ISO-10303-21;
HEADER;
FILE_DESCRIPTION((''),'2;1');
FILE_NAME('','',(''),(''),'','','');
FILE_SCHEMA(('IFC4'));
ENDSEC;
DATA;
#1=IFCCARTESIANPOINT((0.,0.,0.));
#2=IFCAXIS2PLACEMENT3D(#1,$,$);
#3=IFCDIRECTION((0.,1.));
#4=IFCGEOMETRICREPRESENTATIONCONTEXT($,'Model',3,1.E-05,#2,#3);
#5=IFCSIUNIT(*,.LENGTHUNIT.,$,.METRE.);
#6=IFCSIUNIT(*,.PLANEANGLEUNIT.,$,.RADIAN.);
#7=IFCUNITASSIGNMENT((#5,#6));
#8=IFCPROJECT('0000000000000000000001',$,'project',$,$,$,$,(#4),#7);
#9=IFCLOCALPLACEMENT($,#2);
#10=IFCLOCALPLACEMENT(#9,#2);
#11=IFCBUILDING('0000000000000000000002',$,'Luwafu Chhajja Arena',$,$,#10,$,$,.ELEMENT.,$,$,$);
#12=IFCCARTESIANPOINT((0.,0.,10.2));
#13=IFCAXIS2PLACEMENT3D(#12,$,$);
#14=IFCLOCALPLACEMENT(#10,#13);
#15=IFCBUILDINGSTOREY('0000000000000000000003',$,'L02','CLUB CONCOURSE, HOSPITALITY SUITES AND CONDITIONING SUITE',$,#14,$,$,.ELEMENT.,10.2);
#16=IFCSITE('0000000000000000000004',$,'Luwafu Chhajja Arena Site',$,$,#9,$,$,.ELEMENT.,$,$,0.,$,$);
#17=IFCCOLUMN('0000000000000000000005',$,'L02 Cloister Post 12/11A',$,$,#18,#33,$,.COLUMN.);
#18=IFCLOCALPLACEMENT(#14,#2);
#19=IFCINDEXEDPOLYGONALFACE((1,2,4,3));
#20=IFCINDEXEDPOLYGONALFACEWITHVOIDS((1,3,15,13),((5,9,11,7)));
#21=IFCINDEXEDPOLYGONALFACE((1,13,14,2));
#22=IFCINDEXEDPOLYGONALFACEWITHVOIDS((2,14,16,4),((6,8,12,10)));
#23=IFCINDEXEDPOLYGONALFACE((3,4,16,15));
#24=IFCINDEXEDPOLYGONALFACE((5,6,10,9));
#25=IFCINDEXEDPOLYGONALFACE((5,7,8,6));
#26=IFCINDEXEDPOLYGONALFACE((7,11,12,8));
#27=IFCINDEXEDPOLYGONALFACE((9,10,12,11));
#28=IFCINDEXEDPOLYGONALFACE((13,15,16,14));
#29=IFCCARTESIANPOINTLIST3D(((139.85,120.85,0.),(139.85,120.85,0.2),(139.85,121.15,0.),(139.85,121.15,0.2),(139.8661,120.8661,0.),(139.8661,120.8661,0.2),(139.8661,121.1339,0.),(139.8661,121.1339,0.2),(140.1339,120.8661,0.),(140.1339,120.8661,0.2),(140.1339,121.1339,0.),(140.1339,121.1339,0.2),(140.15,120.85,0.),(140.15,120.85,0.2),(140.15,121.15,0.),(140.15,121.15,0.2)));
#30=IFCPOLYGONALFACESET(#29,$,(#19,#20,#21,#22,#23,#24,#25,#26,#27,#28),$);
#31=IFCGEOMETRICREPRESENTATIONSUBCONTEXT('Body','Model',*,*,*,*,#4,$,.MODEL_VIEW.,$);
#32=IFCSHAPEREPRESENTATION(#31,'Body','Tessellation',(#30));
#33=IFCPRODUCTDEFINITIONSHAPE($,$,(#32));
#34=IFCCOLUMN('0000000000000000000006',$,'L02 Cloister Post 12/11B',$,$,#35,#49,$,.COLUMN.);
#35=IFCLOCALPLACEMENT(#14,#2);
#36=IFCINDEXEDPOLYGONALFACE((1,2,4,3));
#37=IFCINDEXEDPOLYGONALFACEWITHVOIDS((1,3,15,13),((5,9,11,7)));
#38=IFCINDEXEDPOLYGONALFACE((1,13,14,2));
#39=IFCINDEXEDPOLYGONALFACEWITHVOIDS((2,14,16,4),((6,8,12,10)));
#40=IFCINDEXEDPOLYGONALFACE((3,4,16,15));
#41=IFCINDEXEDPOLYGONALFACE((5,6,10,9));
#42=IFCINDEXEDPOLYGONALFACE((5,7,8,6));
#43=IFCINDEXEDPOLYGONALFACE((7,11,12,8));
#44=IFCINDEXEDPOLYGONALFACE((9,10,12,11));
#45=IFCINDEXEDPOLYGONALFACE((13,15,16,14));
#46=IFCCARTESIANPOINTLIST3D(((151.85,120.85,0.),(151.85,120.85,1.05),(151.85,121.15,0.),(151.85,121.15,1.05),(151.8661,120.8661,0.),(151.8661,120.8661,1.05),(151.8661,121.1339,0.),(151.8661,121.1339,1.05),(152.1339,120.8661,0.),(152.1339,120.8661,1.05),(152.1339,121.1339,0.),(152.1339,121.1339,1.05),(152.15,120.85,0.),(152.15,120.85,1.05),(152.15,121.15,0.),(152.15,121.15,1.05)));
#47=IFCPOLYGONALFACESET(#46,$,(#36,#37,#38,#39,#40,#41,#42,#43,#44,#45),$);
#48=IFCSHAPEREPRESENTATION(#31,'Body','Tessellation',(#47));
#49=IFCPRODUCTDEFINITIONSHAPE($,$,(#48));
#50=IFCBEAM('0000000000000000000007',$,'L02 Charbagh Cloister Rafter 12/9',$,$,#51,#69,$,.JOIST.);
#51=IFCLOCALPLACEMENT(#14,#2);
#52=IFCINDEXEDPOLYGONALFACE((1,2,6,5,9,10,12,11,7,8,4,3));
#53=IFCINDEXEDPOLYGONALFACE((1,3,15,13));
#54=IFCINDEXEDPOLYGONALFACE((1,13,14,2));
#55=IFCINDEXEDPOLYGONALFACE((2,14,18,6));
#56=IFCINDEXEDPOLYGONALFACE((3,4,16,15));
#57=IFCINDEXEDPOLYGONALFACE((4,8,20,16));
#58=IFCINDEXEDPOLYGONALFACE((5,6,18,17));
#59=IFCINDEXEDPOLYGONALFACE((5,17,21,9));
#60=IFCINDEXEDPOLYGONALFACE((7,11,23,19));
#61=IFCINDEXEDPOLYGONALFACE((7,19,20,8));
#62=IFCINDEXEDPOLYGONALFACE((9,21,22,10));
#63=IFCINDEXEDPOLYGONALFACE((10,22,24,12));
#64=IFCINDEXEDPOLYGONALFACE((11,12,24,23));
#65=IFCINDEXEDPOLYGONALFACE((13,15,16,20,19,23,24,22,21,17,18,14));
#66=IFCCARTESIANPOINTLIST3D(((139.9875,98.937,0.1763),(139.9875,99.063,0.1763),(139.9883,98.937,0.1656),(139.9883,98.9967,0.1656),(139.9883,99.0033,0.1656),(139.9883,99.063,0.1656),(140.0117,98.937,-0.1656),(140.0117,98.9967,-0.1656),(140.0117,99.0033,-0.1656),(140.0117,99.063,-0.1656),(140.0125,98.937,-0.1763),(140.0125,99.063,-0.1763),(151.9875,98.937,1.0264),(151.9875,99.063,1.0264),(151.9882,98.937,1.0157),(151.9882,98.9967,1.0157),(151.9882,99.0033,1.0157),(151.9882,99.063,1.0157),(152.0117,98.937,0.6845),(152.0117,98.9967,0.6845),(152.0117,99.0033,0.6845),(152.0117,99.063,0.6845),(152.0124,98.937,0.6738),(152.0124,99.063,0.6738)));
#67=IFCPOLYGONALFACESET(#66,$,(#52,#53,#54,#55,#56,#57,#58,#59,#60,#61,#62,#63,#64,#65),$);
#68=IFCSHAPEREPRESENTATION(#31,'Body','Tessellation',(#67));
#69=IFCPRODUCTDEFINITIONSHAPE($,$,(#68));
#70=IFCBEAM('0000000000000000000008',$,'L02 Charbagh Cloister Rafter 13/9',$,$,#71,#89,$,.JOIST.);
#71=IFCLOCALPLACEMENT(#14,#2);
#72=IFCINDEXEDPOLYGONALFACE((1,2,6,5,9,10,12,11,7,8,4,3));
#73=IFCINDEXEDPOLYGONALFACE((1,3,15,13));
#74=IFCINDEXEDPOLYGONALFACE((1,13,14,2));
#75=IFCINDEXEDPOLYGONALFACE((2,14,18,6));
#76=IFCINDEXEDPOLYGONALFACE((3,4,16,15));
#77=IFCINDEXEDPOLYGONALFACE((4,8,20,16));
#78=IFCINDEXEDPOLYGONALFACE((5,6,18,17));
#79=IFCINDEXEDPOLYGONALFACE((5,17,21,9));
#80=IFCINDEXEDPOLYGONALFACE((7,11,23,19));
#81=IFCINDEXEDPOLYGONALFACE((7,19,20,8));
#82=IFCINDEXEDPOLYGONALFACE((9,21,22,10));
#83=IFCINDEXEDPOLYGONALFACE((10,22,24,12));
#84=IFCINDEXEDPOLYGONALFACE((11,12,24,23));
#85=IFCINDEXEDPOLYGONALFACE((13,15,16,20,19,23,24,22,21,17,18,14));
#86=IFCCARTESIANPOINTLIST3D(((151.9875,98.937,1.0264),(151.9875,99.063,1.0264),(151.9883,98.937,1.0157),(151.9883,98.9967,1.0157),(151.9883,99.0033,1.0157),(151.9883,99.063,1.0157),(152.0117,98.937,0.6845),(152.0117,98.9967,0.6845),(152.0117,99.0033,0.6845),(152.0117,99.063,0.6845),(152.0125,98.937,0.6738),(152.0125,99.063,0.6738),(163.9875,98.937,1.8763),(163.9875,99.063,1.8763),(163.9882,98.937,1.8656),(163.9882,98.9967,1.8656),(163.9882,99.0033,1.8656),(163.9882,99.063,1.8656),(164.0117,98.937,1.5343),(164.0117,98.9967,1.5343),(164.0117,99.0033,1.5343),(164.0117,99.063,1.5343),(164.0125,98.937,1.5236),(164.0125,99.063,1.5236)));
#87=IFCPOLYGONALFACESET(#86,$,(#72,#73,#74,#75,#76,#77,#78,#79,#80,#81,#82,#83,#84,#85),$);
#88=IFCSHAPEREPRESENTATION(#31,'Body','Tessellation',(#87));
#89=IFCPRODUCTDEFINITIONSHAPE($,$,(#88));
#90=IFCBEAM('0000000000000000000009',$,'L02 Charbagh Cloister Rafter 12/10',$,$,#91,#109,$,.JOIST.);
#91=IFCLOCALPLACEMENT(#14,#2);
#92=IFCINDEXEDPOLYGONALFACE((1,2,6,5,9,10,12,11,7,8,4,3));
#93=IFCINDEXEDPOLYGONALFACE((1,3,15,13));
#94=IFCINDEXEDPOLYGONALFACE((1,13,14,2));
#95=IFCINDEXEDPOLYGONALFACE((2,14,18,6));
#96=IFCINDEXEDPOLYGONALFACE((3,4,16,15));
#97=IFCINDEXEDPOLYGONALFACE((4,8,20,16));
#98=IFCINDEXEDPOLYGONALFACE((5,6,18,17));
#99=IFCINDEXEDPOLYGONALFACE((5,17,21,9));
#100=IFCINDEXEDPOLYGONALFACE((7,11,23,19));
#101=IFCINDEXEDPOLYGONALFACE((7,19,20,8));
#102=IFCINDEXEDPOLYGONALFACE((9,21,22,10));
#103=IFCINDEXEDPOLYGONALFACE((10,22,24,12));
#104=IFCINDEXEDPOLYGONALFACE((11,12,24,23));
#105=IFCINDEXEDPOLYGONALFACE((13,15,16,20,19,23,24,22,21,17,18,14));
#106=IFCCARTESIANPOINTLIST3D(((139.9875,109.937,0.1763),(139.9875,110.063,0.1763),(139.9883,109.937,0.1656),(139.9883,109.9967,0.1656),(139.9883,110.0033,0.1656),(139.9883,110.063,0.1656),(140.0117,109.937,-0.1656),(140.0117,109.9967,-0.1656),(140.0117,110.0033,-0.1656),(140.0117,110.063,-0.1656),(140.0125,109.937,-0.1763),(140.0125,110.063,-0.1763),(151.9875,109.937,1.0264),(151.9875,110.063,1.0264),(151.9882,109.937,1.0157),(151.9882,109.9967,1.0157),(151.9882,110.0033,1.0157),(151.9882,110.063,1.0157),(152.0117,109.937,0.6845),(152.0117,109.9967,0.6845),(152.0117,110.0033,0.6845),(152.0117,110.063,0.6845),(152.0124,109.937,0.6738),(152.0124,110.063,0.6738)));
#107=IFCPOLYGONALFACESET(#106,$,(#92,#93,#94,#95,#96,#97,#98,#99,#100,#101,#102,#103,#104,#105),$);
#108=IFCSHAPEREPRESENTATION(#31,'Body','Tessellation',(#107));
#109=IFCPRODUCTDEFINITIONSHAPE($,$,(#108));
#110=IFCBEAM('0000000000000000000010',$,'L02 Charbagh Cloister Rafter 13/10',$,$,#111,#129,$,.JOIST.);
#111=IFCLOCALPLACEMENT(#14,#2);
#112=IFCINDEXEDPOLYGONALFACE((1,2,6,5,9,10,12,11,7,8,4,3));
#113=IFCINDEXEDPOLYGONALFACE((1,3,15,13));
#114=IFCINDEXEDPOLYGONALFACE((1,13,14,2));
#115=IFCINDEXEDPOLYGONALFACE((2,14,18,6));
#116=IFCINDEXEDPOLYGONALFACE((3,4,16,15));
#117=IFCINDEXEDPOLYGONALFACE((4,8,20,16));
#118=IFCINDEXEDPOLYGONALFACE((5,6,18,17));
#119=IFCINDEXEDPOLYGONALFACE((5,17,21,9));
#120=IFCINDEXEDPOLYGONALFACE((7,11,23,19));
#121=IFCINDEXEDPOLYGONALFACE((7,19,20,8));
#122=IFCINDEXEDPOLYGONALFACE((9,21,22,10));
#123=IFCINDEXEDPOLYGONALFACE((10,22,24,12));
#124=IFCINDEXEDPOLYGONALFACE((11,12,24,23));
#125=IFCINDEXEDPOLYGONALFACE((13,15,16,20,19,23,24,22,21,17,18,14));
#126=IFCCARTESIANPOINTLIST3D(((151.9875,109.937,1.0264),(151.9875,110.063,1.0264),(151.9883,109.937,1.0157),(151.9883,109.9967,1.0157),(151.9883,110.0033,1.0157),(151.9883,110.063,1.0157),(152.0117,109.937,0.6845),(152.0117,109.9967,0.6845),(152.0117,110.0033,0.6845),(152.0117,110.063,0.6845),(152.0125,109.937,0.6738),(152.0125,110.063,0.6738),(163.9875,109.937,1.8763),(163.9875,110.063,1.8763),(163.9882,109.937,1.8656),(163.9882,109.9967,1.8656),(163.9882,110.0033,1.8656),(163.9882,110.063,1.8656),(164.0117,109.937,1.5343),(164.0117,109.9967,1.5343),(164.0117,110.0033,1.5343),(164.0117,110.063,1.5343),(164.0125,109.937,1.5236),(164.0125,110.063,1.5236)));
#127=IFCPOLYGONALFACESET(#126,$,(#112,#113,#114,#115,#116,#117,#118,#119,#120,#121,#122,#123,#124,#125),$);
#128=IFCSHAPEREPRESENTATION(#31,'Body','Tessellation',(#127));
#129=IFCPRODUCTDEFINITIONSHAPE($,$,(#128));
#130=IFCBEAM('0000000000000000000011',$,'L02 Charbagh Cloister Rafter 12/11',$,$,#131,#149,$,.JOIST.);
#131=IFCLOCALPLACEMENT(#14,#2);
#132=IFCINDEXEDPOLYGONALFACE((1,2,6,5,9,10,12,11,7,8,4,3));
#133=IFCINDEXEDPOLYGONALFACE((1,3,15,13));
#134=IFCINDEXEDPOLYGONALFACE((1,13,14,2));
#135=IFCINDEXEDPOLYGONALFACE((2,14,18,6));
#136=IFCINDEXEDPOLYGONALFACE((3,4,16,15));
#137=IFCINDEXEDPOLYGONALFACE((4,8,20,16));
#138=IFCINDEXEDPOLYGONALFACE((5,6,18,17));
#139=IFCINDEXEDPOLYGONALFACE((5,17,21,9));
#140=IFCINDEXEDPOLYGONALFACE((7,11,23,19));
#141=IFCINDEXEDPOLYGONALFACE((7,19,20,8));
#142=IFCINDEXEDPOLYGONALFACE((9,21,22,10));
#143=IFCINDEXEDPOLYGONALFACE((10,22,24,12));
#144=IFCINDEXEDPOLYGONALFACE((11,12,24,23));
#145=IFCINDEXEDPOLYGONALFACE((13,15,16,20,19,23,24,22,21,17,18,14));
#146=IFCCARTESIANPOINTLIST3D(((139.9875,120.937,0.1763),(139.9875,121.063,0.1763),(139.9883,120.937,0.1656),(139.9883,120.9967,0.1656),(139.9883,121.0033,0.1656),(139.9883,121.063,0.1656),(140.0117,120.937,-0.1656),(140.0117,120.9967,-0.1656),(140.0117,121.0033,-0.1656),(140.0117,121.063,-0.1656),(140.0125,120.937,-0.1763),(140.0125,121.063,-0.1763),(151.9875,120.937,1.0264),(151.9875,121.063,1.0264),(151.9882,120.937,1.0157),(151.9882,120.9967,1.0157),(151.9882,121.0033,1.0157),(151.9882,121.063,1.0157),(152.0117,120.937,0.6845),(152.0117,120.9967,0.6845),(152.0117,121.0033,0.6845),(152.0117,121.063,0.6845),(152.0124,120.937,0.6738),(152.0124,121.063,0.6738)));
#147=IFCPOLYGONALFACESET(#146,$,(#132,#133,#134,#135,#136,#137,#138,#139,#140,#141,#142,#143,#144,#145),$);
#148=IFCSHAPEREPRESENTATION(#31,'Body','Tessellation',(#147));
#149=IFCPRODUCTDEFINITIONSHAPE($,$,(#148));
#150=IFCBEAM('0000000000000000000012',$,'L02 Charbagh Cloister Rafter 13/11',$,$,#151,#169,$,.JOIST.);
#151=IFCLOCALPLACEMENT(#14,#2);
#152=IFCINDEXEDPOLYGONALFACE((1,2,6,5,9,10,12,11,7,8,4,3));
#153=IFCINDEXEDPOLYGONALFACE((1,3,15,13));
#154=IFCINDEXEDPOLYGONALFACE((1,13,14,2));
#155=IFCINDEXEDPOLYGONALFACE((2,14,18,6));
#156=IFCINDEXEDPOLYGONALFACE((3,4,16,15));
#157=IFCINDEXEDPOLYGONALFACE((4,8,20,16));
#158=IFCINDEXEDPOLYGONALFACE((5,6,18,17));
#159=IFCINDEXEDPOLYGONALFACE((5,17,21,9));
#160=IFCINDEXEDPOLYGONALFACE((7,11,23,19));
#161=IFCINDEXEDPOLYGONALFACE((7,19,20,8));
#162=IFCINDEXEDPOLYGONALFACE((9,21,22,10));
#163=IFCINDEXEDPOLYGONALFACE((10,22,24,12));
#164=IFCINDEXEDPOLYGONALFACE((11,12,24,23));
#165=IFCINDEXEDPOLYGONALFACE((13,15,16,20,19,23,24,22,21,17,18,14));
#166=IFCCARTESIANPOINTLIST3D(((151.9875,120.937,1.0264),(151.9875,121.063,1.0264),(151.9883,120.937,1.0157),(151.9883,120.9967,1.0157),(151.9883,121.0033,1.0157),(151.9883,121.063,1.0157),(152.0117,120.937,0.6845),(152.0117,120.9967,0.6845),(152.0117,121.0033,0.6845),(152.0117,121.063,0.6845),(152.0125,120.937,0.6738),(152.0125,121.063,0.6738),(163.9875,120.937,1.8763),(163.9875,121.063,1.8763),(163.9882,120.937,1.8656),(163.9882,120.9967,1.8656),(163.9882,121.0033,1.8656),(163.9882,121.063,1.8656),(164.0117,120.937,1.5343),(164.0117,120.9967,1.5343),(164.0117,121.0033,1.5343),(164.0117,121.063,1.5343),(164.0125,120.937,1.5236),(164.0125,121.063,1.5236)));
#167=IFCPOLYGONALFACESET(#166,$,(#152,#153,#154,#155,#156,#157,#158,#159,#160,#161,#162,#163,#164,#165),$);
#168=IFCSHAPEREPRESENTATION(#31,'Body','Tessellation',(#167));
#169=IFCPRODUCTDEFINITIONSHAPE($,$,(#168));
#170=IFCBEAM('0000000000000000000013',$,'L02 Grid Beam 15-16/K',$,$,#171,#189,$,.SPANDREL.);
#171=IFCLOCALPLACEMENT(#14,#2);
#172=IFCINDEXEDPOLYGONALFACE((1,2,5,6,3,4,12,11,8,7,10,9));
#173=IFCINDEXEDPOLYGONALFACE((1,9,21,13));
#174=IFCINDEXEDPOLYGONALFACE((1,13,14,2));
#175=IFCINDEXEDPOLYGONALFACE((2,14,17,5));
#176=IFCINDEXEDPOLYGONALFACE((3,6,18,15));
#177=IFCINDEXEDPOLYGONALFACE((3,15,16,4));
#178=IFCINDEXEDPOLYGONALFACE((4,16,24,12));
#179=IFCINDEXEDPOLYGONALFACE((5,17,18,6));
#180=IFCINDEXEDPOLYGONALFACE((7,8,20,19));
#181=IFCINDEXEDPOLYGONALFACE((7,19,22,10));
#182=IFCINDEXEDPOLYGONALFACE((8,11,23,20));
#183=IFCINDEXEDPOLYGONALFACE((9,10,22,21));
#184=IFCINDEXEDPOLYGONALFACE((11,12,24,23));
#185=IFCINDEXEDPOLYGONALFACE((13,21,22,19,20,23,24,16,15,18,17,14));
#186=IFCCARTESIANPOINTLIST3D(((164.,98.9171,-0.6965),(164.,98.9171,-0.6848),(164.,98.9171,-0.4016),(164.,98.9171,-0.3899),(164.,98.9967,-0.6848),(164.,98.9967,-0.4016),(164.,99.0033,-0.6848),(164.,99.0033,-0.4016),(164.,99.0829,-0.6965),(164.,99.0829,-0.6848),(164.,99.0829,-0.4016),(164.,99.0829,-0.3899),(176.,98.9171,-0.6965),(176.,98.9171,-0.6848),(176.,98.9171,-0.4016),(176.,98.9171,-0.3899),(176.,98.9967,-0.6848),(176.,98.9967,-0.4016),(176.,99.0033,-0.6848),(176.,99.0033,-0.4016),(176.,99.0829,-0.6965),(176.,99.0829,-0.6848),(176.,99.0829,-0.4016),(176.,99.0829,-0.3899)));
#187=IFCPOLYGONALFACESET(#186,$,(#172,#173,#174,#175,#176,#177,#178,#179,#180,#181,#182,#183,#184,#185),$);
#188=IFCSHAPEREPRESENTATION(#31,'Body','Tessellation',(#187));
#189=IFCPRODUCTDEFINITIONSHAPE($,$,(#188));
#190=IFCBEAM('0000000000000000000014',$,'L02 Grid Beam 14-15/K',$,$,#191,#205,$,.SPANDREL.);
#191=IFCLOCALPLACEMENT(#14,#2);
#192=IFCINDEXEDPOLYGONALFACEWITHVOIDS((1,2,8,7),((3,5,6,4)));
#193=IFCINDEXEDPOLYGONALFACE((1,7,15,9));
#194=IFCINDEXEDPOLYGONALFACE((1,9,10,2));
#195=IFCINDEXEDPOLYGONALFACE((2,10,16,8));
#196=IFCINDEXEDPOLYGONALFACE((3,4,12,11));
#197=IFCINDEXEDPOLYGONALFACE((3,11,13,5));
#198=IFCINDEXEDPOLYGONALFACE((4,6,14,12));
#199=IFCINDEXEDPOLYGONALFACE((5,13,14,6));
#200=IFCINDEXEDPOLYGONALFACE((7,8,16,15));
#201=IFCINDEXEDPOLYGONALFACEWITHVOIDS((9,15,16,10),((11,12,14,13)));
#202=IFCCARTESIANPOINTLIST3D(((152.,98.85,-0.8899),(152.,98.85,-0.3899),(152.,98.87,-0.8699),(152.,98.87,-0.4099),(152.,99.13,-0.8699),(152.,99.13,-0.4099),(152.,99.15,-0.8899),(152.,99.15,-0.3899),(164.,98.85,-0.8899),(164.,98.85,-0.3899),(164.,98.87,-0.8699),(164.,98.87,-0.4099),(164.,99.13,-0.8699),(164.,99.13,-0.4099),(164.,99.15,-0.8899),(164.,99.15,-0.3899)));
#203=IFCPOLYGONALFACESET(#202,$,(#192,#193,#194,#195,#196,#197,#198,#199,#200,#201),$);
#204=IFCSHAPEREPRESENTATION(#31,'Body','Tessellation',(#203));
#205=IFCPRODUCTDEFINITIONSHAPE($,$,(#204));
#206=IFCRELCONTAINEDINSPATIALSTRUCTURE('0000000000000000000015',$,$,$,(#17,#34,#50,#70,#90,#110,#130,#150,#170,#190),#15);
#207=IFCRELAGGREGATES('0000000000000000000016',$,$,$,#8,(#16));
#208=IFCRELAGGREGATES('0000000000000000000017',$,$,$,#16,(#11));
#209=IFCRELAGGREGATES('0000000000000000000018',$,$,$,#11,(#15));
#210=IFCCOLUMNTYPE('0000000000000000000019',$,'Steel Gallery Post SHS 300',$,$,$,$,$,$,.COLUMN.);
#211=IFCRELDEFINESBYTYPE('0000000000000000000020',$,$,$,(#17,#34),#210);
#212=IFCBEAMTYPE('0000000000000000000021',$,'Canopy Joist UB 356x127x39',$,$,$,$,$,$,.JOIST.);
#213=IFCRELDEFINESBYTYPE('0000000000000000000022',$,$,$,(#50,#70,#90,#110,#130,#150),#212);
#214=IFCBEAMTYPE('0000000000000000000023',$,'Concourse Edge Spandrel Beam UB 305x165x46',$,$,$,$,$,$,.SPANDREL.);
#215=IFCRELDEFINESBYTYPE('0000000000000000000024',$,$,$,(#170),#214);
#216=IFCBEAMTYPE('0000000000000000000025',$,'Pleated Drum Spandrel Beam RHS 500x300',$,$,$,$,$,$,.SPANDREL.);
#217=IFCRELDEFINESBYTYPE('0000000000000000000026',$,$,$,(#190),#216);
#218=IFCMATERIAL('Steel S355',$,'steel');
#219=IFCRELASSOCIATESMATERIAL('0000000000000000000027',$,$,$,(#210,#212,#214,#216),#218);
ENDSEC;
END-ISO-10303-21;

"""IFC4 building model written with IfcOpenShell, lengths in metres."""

from ifc_helpers import new_model, si_unit, direction, frame, origin, origin_2d, place, context, subcontext, project, spatial, hollow_rectangle, i_section, extrude, material, material_profile, profile_set, type_object, element, save


model = new_model("IFC4")

# Units and contexts
model_context = context("Model", 3, precision=1e-05, world=origin(), true_north=direction((0.0, 1.0)))
body_context = subcontext(model_context, "Body", "Model", "MODEL_VIEW")
ifc_project = project(units=[si_unit("LENGTHUNIT", "METRE"), si_unit("PLANEANGLEUNIT", "RADIAN")], contexts=[model_context])

# Site, building, storey
site_placement = place(None, origin())
site = spatial("IfcSite", under=ifc_project, at=site_placement, Name="Luwafu Chhajja Arena Site", CompositionType="ELEMENT", RefElevation=0.0)
building_placement = place(site_placement, origin())
building = spatial("IfcBuilding", under=site, at=building_placement, Name="Luwafu Chhajja Arena", CompositionType="ELEMENT")
storey_placement = place(building_placement, frame((0.0, 0.0, 10.2)))
storey = spatial("IfcBuildingStorey", under=building, at=storey_placement, Name="L02", Description="CLUB CONCOURSE, HOSPITALITY SUITES AND CONDITIONING SUITE", CompositionType="ELEMENT", Elevation=10.2)

# Columns
ifc_material_1 = material(Name="Steel S355", Category="steel")
ifc_material_profile_1 = material_profile(ifc_material_1, hollow_rectangle(XDim=0.3, YDim=0.3, WallThickness=0.0161, at=origin_2d()), Name="SHS 300x300x16")
ifc_profile_set_1 = profile_set([ifc_material_profile_1], Name="Steel S355")
column_type_1 = type_object("IfcColumnType", Name="Steel Gallery Post SHS 300", PredefinedType="COLUMN", material=ifc_profile_set_1)
column_1_placement = place(storey_placement, frame((140.0, 121.0, 0.0), z_axis=(0.0, 0.0, 1.0), x_axis=(1.0, 0.0, 0.0)))
element("IfcColumn", 1, at=column_1_placement, inside=storey, type_object=column_type_1, Name="L02 Cloister Post 12/11A", PredefinedType="COLUMN", context=body_context, shape_type="SweptSolid", body=[
    extrude(hollow_rectangle(XDim=0.3, YDim=0.3, WallThickness=0.0161, at=origin_2d()), origin(), (0.0, 0.0, 1.0), 0.2),
])
column_2_placement = place(storey_placement, frame((152.0, 121.0, 0.0), z_axis=(0.0, 0.0, 1.0), x_axis=(1.0, 0.0, 0.0)))
element("IfcColumn", 2, at=column_2_placement, inside=storey, type_object=column_type_1, Name="L02 Cloister Post 12/11B", PredefinedType="COLUMN", context=body_context, shape_type="SweptSolid", body=[
    extrude(hollow_rectangle(XDim=0.3, YDim=0.3, WallThickness=0.0161, at=origin_2d()), origin(), (0.0, 0.0, 1.0), 1.05),
])

# Beams
ifc_material_profile_2 = material_profile(ifc_material_1, i_section(OverallWidth=0.126, OverallDepth=0.3535, WebThickness=0.0066, FlangeThickness=0.0107, at=origin_2d()), Name="UB 356x127x39")
ifc_profile_set_2 = profile_set([ifc_material_profile_2], Name="Steel S355")
beam_type_1 = type_object("IfcBeamType", Name="Canopy Joist UB 356x127x39", PredefinedType="JOIST", material=ifc_profile_set_2)
for number, where, z_axis, x_axis, name in (
    (3, (140.0, 99.0, 0.0), (0.9975, 0.0, 0.070664), (0.0, 1.0, 0.0), "L02 Charbagh Cloister Rafter 12/9"),
    (4, (152.0, 99.0, 0.8501), (0.997502, 0.0, 0.070644), (0.0, 1.0, 0.0), "L02 Charbagh Cloister Rafter 13/9"),
    (5, (140.0, 110.0, 0.0), (0.9975, 0.0, 0.070664), (0.0, 1.0, 0.0), "L02 Charbagh Cloister Rafter 12/10"),
    (6, (152.0, 110.0, 0.8501), (0.997502, 0.0, 0.070644), (0.0, 1.0, 0.0), "L02 Charbagh Cloister Rafter 13/10"),
    (7, (140.0, 121.0, 0.0), (0.9975, 0.0, 0.070664), (0.0, 1.0, 0.0), "L02 Charbagh Cloister Rafter 12/11"),
    (8, (152.0, 121.0, 0.8501), (0.997502, 0.0, 0.070644), (0.0, 1.0, 0.0), "L02 Charbagh Cloister Rafter 13/11"),
):
    element("IfcBeam", number, at=place(storey_placement, frame(where, z_axis=z_axis, x_axis=x_axis)), inside=storey, type_object=beam_type_1, Name=name, PredefinedType="JOIST", context=body_context, shape_type="SweptSolid", body=[
        extrude(i_section(OverallWidth=0.126, OverallDepth=0.3535, WebThickness=0.0066, FlangeThickness=0.0107, at=origin_2d()), origin(), (0.0, 0.0, 1.0), 12.03),
    ])
ifc_material_profile_3 = material_profile(ifc_material_1, i_section(OverallWidth=0.1658, OverallDepth=0.3066, WebThickness=0.0066, FlangeThickness=0.0117, at=origin_2d()), Name="UB 305x165x46")
ifc_profile_set_3 = profile_set([ifc_material_profile_3], Name="Steel S355")
beam_type_2 = type_object("IfcBeamType", Name="Concourse Edge Spandrel Beam UB 305x165x46", PredefinedType="SPANDREL", material=ifc_profile_set_3)
beam_1_placement = place(storey_placement, frame((164.0, 99.0, -0.5432), z_axis=(1.0, 0.0, 0.0), x_axis=(0.0, 1.0, 0.0)))
element("IfcBeam", 9, at=beam_1_placement, inside=storey, type_object=beam_type_2, Name="L02 Grid Beam 15-16/K", PredefinedType="SPANDREL", context=body_context, shape_type="SweptSolid", body=[
    extrude(i_section(OverallWidth=0.1658, OverallDepth=0.3066, WebThickness=0.0066, FlangeThickness=0.0117, at=origin_2d()), origin(), (0.0, 0.0, 1.0), 12.0),
])
ifc_material_profile_4 = material_profile(ifc_material_1, hollow_rectangle(XDim=0.3, YDim=0.5, WallThickness=0.02, at=origin_2d()), Name="RHS 500x300x20")
ifc_profile_set_4 = profile_set([ifc_material_profile_4], Name="Steel S355")
beam_type_3 = type_object("IfcBeamType", Name="Pleated Drum Spandrel Beam RHS 500x300", PredefinedType="SPANDREL", material=ifc_profile_set_4)
beam_2_placement = place(storey_placement, frame((152.0, 99.0, -0.6399), z_axis=(1.0, 0.0, 0.0), x_axis=(0.0, 1.0, 0.0)))
element("IfcBeam", 10, at=beam_2_placement, inside=storey, type_object=beam_type_3, Name="L02 Grid Beam 14-15/K", PredefinedType="SPANDREL", context=body_context, shape_type="SweptSolid", body=[
    extrude(hollow_rectangle(XDim=0.3, YDim=0.5, WallThickness=0.02, at=origin_2d()), origin(), (0.0, 0.0, 1.0), 12.0),
])

save(model, "model.ifc")
